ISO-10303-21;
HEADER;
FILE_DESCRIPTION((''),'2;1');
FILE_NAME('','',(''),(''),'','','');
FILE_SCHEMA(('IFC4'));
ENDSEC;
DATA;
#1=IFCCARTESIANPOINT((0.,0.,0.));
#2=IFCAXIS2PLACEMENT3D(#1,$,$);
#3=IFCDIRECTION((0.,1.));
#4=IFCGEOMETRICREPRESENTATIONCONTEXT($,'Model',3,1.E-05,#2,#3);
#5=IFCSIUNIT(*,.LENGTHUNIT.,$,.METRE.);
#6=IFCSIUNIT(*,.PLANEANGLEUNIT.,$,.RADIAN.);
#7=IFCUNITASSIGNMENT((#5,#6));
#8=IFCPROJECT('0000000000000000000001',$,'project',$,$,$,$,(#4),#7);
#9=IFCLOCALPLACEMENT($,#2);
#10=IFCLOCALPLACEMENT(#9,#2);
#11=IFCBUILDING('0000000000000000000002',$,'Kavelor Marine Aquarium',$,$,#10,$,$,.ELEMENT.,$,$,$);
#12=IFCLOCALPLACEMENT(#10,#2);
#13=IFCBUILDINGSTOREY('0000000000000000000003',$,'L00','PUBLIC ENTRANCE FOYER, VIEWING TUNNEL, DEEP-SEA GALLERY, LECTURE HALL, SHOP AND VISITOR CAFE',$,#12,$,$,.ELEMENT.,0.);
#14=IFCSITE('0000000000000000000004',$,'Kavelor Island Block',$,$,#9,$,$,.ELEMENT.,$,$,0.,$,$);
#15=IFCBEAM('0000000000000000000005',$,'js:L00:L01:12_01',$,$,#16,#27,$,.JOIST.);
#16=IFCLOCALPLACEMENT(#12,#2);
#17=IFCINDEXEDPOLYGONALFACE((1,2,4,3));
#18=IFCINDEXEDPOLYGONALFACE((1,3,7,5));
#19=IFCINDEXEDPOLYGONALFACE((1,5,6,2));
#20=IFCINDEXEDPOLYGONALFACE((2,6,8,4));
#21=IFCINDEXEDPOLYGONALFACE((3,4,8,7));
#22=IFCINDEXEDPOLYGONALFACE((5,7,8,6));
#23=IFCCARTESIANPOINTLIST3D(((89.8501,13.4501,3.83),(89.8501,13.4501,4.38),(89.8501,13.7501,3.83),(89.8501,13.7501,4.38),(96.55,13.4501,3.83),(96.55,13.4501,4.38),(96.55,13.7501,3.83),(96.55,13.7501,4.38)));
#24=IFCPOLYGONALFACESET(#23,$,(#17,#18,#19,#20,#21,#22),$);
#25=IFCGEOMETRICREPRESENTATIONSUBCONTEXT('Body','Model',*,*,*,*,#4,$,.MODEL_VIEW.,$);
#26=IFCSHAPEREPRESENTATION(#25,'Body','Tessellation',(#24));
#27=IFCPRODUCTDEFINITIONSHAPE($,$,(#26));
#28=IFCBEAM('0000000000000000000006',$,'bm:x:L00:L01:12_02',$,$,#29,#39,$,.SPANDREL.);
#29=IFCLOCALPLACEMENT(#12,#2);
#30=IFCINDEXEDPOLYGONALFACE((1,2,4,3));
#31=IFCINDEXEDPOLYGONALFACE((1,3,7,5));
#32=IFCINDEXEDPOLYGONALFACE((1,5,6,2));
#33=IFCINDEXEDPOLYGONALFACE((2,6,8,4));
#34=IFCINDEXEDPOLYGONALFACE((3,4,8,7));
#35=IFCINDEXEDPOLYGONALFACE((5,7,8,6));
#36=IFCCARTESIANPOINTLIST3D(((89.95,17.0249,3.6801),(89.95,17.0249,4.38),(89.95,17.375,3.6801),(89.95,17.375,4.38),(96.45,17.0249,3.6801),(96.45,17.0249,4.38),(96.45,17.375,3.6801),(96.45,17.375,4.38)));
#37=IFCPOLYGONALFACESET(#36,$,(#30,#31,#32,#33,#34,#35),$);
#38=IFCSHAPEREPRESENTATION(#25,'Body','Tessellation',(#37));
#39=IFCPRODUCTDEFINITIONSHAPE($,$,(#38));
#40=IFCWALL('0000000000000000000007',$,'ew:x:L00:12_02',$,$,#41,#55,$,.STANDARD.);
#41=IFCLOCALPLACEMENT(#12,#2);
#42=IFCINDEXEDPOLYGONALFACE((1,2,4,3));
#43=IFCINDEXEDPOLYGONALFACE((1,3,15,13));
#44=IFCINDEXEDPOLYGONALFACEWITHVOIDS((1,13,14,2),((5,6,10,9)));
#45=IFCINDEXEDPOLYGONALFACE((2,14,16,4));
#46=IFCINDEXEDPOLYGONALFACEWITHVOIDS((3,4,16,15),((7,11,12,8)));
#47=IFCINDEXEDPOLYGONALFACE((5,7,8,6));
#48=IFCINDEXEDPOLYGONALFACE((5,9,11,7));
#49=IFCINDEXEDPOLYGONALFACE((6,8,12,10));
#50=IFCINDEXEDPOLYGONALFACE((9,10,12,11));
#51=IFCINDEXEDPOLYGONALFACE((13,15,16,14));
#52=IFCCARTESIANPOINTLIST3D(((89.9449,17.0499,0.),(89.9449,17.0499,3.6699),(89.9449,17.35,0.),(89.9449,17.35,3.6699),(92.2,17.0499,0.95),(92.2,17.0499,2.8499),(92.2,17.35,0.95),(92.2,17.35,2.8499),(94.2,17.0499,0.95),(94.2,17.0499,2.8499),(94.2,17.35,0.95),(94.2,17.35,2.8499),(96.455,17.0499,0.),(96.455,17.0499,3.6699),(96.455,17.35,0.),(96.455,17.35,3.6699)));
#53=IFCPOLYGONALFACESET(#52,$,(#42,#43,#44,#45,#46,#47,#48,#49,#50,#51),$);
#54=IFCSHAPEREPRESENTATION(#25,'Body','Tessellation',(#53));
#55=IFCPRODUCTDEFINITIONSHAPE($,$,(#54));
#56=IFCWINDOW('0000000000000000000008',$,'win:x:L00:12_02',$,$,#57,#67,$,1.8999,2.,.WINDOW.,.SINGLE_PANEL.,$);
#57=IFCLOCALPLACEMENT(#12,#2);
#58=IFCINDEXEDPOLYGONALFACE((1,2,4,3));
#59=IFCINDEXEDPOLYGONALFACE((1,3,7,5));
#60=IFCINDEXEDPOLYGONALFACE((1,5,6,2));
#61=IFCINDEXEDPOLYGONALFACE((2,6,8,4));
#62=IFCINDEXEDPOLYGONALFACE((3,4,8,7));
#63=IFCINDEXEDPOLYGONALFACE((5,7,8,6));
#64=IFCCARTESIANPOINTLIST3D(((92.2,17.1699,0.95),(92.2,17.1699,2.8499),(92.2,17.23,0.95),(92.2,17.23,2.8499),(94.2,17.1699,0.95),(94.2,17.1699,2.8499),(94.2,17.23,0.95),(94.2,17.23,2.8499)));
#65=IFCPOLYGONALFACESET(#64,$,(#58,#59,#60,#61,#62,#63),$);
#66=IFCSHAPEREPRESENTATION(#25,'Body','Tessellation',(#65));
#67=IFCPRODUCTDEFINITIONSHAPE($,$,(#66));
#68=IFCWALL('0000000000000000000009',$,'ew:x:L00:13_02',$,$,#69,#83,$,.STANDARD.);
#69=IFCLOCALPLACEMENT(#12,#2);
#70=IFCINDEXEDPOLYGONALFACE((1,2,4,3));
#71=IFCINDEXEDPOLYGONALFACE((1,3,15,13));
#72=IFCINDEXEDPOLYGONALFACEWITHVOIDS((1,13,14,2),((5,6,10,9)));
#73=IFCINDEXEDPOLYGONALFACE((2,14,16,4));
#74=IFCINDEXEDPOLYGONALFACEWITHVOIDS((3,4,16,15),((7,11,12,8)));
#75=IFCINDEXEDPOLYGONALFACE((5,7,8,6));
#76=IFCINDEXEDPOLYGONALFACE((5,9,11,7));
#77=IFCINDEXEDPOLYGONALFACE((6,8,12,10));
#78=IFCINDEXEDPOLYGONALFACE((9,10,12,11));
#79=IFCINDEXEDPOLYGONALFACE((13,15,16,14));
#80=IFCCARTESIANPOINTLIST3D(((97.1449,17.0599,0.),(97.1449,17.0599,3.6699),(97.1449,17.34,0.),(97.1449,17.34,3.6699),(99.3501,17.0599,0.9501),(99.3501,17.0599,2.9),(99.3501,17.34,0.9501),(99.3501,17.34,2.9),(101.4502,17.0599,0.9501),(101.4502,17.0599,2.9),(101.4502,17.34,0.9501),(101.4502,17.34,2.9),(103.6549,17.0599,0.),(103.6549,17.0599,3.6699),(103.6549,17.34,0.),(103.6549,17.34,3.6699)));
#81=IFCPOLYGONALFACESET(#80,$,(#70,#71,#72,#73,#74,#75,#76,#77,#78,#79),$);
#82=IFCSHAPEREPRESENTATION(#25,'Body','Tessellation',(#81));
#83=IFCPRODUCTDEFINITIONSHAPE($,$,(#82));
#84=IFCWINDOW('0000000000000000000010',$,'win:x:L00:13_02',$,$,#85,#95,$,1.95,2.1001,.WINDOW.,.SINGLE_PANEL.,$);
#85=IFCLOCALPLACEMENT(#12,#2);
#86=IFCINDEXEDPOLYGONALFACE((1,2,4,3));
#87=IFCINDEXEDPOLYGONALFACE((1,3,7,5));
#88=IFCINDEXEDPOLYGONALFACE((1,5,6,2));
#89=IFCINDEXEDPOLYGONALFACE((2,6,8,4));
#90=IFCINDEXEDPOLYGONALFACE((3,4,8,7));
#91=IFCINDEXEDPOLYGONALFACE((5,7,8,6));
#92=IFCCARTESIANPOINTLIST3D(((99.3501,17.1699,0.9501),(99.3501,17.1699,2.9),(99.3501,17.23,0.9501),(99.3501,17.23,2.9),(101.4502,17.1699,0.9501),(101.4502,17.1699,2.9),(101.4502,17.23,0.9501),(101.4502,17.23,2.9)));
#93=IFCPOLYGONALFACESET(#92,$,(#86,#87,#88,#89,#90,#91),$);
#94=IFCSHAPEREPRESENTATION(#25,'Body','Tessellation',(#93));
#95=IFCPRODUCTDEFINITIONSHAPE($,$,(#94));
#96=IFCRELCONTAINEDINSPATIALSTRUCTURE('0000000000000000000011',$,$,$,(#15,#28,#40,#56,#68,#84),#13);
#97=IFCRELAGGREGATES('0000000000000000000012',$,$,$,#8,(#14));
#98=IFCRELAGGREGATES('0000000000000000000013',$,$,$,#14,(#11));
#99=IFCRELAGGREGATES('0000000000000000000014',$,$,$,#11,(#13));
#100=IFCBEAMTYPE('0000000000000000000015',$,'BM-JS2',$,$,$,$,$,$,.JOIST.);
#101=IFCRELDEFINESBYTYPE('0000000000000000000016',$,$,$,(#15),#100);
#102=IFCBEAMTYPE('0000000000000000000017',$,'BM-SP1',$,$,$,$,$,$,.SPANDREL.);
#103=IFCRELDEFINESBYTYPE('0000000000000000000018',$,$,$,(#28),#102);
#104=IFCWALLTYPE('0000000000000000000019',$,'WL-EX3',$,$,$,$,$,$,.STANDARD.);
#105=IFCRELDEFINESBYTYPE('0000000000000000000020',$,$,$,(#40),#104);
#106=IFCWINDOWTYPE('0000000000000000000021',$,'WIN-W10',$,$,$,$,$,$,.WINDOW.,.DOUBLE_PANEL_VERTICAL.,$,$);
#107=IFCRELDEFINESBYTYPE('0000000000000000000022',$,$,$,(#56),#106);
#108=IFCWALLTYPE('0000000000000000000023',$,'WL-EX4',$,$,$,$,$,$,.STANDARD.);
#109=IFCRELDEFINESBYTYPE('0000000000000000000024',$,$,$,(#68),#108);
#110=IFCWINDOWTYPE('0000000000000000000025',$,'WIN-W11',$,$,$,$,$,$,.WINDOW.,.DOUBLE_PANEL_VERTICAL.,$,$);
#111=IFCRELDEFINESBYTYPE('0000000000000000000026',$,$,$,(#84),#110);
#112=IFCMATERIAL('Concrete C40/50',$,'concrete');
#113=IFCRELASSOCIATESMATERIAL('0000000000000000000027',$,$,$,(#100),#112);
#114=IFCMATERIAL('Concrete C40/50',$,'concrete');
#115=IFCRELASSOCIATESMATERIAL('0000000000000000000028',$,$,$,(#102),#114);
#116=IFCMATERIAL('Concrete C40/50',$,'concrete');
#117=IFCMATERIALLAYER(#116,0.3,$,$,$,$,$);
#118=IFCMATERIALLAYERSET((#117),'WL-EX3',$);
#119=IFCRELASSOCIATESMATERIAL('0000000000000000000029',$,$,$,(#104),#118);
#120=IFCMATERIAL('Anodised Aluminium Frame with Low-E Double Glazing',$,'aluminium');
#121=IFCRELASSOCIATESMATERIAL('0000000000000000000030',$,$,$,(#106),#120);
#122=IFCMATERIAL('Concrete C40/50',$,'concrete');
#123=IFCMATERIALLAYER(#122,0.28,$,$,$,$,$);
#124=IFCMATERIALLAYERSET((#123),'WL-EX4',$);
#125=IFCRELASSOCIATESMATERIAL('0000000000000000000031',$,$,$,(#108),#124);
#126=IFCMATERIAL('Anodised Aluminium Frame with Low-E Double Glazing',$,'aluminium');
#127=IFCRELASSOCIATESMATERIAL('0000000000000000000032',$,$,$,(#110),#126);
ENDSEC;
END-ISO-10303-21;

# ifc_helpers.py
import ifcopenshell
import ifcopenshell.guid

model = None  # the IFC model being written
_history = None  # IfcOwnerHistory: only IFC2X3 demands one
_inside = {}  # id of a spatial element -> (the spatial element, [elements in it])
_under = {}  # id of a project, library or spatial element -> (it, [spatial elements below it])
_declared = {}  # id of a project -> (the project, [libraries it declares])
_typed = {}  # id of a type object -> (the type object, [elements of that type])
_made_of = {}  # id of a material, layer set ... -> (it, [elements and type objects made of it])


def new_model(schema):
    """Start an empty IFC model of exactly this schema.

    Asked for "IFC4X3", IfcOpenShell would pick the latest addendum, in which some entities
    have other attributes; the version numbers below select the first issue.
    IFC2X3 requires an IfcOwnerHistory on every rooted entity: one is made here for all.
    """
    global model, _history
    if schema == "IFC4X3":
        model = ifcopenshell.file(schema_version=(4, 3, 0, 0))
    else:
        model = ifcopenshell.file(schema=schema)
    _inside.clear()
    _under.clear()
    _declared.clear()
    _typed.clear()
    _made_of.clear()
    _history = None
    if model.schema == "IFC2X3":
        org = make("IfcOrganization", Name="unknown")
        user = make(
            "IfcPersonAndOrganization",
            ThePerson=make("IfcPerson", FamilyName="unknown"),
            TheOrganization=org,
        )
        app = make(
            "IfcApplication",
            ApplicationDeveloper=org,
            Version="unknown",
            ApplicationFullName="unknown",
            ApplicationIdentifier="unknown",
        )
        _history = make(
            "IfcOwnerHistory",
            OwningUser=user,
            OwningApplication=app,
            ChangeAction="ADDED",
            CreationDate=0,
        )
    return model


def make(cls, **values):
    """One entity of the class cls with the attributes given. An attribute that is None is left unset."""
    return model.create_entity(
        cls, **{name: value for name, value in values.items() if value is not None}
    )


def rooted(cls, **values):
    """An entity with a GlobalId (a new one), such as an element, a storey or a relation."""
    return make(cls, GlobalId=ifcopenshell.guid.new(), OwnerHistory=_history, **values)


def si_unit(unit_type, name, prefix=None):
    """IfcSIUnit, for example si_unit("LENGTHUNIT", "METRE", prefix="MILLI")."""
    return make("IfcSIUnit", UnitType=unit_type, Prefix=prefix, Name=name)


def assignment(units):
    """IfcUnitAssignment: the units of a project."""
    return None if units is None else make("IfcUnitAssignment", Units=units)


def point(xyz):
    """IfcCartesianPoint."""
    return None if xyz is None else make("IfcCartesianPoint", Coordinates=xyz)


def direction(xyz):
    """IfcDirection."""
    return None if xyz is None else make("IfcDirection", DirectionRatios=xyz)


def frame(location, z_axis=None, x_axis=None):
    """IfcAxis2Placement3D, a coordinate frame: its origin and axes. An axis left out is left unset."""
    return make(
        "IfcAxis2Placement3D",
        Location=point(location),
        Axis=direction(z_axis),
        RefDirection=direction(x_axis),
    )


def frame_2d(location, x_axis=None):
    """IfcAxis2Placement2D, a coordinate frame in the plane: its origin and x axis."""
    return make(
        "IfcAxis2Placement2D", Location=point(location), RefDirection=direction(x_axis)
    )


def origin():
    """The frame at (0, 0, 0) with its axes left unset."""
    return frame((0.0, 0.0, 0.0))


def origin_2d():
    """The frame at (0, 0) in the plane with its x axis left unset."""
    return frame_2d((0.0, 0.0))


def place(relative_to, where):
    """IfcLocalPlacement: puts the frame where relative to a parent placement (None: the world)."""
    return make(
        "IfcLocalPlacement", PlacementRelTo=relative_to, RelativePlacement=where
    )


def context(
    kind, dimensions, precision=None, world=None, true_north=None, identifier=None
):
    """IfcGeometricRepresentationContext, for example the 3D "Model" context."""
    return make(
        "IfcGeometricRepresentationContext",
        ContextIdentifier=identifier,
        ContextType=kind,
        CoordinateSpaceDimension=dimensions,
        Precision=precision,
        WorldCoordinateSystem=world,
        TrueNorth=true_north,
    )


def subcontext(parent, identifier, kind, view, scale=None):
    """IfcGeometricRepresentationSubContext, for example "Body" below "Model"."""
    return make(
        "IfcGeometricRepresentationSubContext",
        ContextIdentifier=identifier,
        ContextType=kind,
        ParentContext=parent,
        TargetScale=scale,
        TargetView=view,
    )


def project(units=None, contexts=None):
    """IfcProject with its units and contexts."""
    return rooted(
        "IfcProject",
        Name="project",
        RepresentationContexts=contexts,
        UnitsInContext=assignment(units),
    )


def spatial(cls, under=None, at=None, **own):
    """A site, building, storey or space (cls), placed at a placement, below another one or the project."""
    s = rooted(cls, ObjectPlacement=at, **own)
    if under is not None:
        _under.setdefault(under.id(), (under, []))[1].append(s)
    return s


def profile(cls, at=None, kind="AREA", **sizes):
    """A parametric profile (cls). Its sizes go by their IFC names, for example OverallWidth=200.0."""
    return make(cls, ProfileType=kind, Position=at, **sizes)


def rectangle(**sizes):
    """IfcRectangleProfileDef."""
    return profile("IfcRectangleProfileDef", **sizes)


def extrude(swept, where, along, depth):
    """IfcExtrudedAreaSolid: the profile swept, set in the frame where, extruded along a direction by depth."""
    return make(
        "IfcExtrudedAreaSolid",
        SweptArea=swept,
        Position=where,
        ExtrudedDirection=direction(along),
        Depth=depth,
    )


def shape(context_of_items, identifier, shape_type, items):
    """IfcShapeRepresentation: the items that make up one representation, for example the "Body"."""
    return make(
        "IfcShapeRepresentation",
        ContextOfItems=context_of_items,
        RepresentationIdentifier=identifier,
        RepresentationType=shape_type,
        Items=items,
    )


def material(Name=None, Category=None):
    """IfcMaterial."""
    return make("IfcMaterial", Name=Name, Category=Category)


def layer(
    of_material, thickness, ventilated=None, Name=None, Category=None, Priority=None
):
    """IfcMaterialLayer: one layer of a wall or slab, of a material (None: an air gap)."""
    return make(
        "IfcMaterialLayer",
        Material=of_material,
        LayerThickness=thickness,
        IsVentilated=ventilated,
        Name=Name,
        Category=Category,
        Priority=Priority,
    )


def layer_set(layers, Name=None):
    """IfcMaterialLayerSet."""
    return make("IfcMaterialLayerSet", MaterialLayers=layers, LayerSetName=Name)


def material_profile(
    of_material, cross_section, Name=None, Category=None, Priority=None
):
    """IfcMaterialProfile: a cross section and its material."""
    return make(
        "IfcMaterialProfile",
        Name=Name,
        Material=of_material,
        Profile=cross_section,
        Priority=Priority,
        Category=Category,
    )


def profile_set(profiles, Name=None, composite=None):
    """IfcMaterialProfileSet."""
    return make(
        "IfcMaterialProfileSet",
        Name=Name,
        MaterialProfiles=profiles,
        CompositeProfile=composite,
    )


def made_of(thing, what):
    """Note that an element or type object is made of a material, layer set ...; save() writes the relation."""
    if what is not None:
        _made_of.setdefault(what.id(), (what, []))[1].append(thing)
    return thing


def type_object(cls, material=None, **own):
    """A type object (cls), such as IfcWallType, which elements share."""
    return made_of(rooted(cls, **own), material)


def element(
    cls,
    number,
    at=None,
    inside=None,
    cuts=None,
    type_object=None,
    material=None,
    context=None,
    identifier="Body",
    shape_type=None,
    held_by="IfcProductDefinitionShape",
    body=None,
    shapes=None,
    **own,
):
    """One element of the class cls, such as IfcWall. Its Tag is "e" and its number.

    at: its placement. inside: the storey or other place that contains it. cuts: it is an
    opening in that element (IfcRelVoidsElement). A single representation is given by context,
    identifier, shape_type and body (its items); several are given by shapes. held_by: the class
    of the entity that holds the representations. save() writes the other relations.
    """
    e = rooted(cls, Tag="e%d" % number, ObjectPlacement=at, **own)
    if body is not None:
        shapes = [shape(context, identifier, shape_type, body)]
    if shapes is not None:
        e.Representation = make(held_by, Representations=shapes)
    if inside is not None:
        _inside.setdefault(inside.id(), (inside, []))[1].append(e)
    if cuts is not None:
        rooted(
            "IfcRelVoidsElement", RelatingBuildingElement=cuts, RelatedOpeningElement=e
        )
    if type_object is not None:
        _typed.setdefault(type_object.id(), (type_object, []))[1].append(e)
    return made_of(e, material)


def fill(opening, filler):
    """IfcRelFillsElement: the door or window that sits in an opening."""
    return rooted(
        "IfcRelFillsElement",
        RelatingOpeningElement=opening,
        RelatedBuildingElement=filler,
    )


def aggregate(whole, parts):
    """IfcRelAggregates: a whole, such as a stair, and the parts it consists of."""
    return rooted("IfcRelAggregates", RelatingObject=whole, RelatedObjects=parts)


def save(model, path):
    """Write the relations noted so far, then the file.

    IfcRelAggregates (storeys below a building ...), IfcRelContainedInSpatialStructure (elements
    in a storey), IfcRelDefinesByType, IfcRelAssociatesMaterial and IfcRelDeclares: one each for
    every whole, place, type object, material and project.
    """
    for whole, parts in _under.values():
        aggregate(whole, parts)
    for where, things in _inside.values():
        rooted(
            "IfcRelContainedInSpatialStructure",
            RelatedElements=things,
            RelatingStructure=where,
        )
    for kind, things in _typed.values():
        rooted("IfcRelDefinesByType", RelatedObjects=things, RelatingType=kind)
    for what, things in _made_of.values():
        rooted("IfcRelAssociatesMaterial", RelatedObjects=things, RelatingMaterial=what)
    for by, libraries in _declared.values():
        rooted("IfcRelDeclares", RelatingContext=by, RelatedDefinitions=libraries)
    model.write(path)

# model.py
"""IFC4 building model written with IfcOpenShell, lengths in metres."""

from ifc_helpers import new_model, si_unit, direction, frame, frame_2d, origin, origin_2d, place, context, subcontext, project, spatial, rectangle, extrude, material, layer, layer_set, material_profile, profile_set, type_object, element, fill, save


model = new_model("IFC4")

# Units and contexts
model_context = context("Model", 3, precision=1e-05, world=origin(), true_north=direction((0.0, 1.0)))
body_context = subcontext(model_context, "Body", "Model", "MODEL_VIEW")
ifc_project = project(units=[si_unit("LENGTHUNIT", "METRE"), si_unit("PLANEANGLEUNIT", "RADIAN")], contexts=[model_context])

# Site, building, storey
site_placement = place(None, origin())
site = spatial("IfcSite", under=ifc_project, at=site_placement, Name="Kavelor Island Block", CompositionType="ELEMENT", RefElevation=0.0)
building_placement = place(site_placement, origin())
building = spatial("IfcBuilding", under=site, at=building_placement, Name="Kavelor Marine Aquarium", CompositionType="ELEMENT")
storey_placement = place(building_placement, origin())
storey = spatial("IfcBuildingStorey", under=building, at=storey_placement, Name="L00", Description="PUBLIC ENTRANCE FOYER, VIEWING TUNNEL, DEEP-SEA GALLERY, LECTURE HALL, SHOP AND VISITOR CAFE", CompositionType="ELEMENT", Elevation=0.0)

# Beams
ifc_material_1 = material(Name="Concrete C40/50", Category="concrete")
ifc_material_profile_1 = material_profile(ifc_material_1, rectangle(XDim=0.3, YDim=0.55, at=origin_2d()), Name="RC-JS 300x550")
ifc_profile_set_1 = profile_set([ifc_material_profile_1], Name="Concrete C40/50")
beam_type_1 = type_object("IfcBeamType", Name="BM-JS2", PredefinedType="JOIST", material=ifc_profile_set_1)
beam_1_placement = place(storey_placement, frame((89.8501, 13.6001, 4.105), z_axis=(1.0, 0.0, 0.0), x_axis=(0.0, 1.0, 0.0)))
element("IfcBeam", 1, at=beam_1_placement, inside=storey, type_object=beam_type_1, Name="js:L00:L01:12_01", PredefinedType="JOIST", context=body_context, shape_type="SweptSolid", body=[
    extrude(rectangle(XDim=0.3, YDim=0.55, at=origin_2d()), origin(), (0.0, 0.0, 1.0), 6.7),
])
ifc_material_2 = material(Name="Concrete C40/50", Category="concrete")
ifc_material_profile_2 = material_profile(ifc_material_2, rectangle(XDim=0.3501, YDim=0.7, at=origin_2d()), Name="RC-SP 350x700")
ifc_profile_set_2 = profile_set([ifc_material_profile_2], Name="Concrete C40/50")
beam_type_2 = type_object("IfcBeamType", Name="BM-SP1", PredefinedType="SPANDREL", material=ifc_profile_set_2)
beam_2_placement = place(storey_placement, frame((89.95, 17.2, 4.03), z_axis=(1.0, 0.0, 0.0), x_axis=(0.0, 1.0, 0.0)))
element("IfcBeam", 2, at=beam_2_placement, inside=storey, type_object=beam_type_2, Name="bm:x:L00:L01:12_02", PredefinedType="SPANDREL", context=body_context, shape_type="SweptSolid", body=[
    extrude(rectangle(XDim=0.3501, YDim=0.7, at=origin_2d()), origin(), (0.0, 0.0, 1.0), 6.5),
])

# Walls, openings, windows
ifc_material_3 = material(Name="Concrete C40/50", Category="concrete")
ifc_layer_1 = layer(ifc_material_3, 0.3)
ifc_layer_set_1 = layer_set([ifc_layer_1], Name="WL-EX3")
wall_type_1 = type_object("IfcWallType", Name="WL-EX3", PredefinedType="STANDARD", material=ifc_layer_set_1)
wall_1_placement = place(storey_placement, frame((89.9451, 17.2, 0.0), z_axis=(0.0, 0.0, 1.0), x_axis=(1.0, 0.0, 0.0)))
wall_1 = element("IfcWall", 3, at=wall_1_placement, inside=storey, type_object=wall_type_1, Name="ew:x:L00:12_02", PredefinedType="STANDARD", context=body_context, shape_type="SweptSolid", body=[
    extrude(rectangle(XDim=6.51, YDim=0.3, at=frame_2d((3.2549, 0.0))), origin(), (0.0, 0.0, 1.0), 3.6699),
])
opening_1_placement = place(wall_1_placement, frame((2.2549, 0.0, 0.95)))
opening_1 = element("IfcOpeningElement", 4, at=opening_1_placement, cuts=wall_1, PredefinedType="OPENING", context=body_context, shape_type="SweptSolid", body=[
    extrude(rectangle(XDim=2.0, YDim=1.8999, at=frame_2d((1.0, 0.95))), frame((0.0, 0.1599, 0.0), z_axis=(0.0, -1.0, 0.0), x_axis=(1.0, 0.0, 0.0)), (0.0, 0.0, 1.0), 0.32),
])
ifc_material_4 = material(Name="Anodised Aluminium Frame with Low-E Double Glazing", Category="aluminium")
window_type_1 = type_object("IfcWindowType", Name="WIN-W10", PartitioningType="DOUBLE_PANEL_VERTICAL", PredefinedType="WINDOW", material=ifc_material_4)
window_1_placement = place(opening_1_placement, origin())
window_1 = element("IfcWindow", 5, at=window_1_placement, inside=storey, type_object=window_type_1, Name="win:x:L00:12_02", OverallHeight=1.8999, OverallWidth=2.0, PartitioningType="SINGLE_PANEL", PredefinedType="WINDOW", context=body_context, shape_type="SweptSolid", body=[
    extrude(rectangle(XDim=2.0, YDim=1.8999, at=frame_2d((1.0, 0.95))), frame((0.0, 0.03, 0.0), z_axis=(0.0, -1.0, 0.0), x_axis=(1.0, 0.0, 0.0)), (0.0, 0.0, 1.0), 0.0601),
])
fill(opening_1, window_1)
ifc_material_5 = material(Name="Concrete C40/50", Category="concrete")
ifc_layer_2 = layer(ifc_material_5, 0.28)
ifc_layer_set_2 = layer_set([ifc_layer_2], Name="WL-EX4")
wall_type_2 = type_object("IfcWallType", Name="WL-EX4", PredefinedType="STANDARD", material=ifc_layer_set_2)
wall_2_placement = place(storey_placement, frame((97.145, 17.2, 0.0), z_axis=(0.0, 0.0, 1.0), x_axis=(1.0, 0.0, 0.0)))
wall_2 = element("IfcWall", 6, at=wall_2_placement, inside=storey, type_object=wall_type_2, Name="ew:x:L00:13_02", PredefinedType="STANDARD", context=body_context, shape_type="SweptSolid", body=[
    extrude(rectangle(XDim=6.51, YDim=0.28, at=frame_2d((3.2549, 0.0))), origin(), (0.0, 0.0, 1.0), 3.6699),
])
opening_2_placement = place(wall_2_placement, frame((2.2051, 0.0, 0.95)))
opening_2 = element("IfcOpeningElement", 7, at=opening_2_placement, cuts=wall_2, PredefinedType="OPENING", context=body_context, shape_type="SweptSolid", body=[
    extrude(rectangle(XDim=2.1001, YDim=1.95, at=frame_2d((1.05, 0.9751))), frame((0.0, 0.1499, 0.0), z_axis=(0.0, -1.0, 0.0), x_axis=(1.0, 0.0, 0.0)), (0.0, 0.0, 1.0), 0.3),
])
ifc_material_6 = material(Name="Anodised Aluminium Frame with Low-E Double Glazing", Category="aluminium")
window_type_2 = type_object("IfcWindowType", Name="WIN-W11", PartitioningType="DOUBLE_PANEL_VERTICAL", PredefinedType="WINDOW", material=ifc_material_6)
window_2_placement = place(opening_2_placement, origin())
window_2 = element("IfcWindow", 8, at=window_2_placement, inside=storey, type_object=window_type_2, Name="win:x:L00:13_02", OverallHeight=1.95, OverallWidth=2.1001, PartitioningType="SINGLE_PANEL", PredefinedType="WINDOW", context=body_context, shape_type="SweptSolid", body=[
    extrude(rectangle(XDim=2.1001, YDim=1.95, at=frame_2d((1.05, 0.9751))), frame((0.0, 0.03, 0.0), z_axis=(0.0, -1.0, 0.0), x_axis=(1.0, 0.0, 0.0)), (0.0, 0.0, 1.0), 0.0601),
])
fill(opening_2, window_2)

save(model, "model.ifc")
